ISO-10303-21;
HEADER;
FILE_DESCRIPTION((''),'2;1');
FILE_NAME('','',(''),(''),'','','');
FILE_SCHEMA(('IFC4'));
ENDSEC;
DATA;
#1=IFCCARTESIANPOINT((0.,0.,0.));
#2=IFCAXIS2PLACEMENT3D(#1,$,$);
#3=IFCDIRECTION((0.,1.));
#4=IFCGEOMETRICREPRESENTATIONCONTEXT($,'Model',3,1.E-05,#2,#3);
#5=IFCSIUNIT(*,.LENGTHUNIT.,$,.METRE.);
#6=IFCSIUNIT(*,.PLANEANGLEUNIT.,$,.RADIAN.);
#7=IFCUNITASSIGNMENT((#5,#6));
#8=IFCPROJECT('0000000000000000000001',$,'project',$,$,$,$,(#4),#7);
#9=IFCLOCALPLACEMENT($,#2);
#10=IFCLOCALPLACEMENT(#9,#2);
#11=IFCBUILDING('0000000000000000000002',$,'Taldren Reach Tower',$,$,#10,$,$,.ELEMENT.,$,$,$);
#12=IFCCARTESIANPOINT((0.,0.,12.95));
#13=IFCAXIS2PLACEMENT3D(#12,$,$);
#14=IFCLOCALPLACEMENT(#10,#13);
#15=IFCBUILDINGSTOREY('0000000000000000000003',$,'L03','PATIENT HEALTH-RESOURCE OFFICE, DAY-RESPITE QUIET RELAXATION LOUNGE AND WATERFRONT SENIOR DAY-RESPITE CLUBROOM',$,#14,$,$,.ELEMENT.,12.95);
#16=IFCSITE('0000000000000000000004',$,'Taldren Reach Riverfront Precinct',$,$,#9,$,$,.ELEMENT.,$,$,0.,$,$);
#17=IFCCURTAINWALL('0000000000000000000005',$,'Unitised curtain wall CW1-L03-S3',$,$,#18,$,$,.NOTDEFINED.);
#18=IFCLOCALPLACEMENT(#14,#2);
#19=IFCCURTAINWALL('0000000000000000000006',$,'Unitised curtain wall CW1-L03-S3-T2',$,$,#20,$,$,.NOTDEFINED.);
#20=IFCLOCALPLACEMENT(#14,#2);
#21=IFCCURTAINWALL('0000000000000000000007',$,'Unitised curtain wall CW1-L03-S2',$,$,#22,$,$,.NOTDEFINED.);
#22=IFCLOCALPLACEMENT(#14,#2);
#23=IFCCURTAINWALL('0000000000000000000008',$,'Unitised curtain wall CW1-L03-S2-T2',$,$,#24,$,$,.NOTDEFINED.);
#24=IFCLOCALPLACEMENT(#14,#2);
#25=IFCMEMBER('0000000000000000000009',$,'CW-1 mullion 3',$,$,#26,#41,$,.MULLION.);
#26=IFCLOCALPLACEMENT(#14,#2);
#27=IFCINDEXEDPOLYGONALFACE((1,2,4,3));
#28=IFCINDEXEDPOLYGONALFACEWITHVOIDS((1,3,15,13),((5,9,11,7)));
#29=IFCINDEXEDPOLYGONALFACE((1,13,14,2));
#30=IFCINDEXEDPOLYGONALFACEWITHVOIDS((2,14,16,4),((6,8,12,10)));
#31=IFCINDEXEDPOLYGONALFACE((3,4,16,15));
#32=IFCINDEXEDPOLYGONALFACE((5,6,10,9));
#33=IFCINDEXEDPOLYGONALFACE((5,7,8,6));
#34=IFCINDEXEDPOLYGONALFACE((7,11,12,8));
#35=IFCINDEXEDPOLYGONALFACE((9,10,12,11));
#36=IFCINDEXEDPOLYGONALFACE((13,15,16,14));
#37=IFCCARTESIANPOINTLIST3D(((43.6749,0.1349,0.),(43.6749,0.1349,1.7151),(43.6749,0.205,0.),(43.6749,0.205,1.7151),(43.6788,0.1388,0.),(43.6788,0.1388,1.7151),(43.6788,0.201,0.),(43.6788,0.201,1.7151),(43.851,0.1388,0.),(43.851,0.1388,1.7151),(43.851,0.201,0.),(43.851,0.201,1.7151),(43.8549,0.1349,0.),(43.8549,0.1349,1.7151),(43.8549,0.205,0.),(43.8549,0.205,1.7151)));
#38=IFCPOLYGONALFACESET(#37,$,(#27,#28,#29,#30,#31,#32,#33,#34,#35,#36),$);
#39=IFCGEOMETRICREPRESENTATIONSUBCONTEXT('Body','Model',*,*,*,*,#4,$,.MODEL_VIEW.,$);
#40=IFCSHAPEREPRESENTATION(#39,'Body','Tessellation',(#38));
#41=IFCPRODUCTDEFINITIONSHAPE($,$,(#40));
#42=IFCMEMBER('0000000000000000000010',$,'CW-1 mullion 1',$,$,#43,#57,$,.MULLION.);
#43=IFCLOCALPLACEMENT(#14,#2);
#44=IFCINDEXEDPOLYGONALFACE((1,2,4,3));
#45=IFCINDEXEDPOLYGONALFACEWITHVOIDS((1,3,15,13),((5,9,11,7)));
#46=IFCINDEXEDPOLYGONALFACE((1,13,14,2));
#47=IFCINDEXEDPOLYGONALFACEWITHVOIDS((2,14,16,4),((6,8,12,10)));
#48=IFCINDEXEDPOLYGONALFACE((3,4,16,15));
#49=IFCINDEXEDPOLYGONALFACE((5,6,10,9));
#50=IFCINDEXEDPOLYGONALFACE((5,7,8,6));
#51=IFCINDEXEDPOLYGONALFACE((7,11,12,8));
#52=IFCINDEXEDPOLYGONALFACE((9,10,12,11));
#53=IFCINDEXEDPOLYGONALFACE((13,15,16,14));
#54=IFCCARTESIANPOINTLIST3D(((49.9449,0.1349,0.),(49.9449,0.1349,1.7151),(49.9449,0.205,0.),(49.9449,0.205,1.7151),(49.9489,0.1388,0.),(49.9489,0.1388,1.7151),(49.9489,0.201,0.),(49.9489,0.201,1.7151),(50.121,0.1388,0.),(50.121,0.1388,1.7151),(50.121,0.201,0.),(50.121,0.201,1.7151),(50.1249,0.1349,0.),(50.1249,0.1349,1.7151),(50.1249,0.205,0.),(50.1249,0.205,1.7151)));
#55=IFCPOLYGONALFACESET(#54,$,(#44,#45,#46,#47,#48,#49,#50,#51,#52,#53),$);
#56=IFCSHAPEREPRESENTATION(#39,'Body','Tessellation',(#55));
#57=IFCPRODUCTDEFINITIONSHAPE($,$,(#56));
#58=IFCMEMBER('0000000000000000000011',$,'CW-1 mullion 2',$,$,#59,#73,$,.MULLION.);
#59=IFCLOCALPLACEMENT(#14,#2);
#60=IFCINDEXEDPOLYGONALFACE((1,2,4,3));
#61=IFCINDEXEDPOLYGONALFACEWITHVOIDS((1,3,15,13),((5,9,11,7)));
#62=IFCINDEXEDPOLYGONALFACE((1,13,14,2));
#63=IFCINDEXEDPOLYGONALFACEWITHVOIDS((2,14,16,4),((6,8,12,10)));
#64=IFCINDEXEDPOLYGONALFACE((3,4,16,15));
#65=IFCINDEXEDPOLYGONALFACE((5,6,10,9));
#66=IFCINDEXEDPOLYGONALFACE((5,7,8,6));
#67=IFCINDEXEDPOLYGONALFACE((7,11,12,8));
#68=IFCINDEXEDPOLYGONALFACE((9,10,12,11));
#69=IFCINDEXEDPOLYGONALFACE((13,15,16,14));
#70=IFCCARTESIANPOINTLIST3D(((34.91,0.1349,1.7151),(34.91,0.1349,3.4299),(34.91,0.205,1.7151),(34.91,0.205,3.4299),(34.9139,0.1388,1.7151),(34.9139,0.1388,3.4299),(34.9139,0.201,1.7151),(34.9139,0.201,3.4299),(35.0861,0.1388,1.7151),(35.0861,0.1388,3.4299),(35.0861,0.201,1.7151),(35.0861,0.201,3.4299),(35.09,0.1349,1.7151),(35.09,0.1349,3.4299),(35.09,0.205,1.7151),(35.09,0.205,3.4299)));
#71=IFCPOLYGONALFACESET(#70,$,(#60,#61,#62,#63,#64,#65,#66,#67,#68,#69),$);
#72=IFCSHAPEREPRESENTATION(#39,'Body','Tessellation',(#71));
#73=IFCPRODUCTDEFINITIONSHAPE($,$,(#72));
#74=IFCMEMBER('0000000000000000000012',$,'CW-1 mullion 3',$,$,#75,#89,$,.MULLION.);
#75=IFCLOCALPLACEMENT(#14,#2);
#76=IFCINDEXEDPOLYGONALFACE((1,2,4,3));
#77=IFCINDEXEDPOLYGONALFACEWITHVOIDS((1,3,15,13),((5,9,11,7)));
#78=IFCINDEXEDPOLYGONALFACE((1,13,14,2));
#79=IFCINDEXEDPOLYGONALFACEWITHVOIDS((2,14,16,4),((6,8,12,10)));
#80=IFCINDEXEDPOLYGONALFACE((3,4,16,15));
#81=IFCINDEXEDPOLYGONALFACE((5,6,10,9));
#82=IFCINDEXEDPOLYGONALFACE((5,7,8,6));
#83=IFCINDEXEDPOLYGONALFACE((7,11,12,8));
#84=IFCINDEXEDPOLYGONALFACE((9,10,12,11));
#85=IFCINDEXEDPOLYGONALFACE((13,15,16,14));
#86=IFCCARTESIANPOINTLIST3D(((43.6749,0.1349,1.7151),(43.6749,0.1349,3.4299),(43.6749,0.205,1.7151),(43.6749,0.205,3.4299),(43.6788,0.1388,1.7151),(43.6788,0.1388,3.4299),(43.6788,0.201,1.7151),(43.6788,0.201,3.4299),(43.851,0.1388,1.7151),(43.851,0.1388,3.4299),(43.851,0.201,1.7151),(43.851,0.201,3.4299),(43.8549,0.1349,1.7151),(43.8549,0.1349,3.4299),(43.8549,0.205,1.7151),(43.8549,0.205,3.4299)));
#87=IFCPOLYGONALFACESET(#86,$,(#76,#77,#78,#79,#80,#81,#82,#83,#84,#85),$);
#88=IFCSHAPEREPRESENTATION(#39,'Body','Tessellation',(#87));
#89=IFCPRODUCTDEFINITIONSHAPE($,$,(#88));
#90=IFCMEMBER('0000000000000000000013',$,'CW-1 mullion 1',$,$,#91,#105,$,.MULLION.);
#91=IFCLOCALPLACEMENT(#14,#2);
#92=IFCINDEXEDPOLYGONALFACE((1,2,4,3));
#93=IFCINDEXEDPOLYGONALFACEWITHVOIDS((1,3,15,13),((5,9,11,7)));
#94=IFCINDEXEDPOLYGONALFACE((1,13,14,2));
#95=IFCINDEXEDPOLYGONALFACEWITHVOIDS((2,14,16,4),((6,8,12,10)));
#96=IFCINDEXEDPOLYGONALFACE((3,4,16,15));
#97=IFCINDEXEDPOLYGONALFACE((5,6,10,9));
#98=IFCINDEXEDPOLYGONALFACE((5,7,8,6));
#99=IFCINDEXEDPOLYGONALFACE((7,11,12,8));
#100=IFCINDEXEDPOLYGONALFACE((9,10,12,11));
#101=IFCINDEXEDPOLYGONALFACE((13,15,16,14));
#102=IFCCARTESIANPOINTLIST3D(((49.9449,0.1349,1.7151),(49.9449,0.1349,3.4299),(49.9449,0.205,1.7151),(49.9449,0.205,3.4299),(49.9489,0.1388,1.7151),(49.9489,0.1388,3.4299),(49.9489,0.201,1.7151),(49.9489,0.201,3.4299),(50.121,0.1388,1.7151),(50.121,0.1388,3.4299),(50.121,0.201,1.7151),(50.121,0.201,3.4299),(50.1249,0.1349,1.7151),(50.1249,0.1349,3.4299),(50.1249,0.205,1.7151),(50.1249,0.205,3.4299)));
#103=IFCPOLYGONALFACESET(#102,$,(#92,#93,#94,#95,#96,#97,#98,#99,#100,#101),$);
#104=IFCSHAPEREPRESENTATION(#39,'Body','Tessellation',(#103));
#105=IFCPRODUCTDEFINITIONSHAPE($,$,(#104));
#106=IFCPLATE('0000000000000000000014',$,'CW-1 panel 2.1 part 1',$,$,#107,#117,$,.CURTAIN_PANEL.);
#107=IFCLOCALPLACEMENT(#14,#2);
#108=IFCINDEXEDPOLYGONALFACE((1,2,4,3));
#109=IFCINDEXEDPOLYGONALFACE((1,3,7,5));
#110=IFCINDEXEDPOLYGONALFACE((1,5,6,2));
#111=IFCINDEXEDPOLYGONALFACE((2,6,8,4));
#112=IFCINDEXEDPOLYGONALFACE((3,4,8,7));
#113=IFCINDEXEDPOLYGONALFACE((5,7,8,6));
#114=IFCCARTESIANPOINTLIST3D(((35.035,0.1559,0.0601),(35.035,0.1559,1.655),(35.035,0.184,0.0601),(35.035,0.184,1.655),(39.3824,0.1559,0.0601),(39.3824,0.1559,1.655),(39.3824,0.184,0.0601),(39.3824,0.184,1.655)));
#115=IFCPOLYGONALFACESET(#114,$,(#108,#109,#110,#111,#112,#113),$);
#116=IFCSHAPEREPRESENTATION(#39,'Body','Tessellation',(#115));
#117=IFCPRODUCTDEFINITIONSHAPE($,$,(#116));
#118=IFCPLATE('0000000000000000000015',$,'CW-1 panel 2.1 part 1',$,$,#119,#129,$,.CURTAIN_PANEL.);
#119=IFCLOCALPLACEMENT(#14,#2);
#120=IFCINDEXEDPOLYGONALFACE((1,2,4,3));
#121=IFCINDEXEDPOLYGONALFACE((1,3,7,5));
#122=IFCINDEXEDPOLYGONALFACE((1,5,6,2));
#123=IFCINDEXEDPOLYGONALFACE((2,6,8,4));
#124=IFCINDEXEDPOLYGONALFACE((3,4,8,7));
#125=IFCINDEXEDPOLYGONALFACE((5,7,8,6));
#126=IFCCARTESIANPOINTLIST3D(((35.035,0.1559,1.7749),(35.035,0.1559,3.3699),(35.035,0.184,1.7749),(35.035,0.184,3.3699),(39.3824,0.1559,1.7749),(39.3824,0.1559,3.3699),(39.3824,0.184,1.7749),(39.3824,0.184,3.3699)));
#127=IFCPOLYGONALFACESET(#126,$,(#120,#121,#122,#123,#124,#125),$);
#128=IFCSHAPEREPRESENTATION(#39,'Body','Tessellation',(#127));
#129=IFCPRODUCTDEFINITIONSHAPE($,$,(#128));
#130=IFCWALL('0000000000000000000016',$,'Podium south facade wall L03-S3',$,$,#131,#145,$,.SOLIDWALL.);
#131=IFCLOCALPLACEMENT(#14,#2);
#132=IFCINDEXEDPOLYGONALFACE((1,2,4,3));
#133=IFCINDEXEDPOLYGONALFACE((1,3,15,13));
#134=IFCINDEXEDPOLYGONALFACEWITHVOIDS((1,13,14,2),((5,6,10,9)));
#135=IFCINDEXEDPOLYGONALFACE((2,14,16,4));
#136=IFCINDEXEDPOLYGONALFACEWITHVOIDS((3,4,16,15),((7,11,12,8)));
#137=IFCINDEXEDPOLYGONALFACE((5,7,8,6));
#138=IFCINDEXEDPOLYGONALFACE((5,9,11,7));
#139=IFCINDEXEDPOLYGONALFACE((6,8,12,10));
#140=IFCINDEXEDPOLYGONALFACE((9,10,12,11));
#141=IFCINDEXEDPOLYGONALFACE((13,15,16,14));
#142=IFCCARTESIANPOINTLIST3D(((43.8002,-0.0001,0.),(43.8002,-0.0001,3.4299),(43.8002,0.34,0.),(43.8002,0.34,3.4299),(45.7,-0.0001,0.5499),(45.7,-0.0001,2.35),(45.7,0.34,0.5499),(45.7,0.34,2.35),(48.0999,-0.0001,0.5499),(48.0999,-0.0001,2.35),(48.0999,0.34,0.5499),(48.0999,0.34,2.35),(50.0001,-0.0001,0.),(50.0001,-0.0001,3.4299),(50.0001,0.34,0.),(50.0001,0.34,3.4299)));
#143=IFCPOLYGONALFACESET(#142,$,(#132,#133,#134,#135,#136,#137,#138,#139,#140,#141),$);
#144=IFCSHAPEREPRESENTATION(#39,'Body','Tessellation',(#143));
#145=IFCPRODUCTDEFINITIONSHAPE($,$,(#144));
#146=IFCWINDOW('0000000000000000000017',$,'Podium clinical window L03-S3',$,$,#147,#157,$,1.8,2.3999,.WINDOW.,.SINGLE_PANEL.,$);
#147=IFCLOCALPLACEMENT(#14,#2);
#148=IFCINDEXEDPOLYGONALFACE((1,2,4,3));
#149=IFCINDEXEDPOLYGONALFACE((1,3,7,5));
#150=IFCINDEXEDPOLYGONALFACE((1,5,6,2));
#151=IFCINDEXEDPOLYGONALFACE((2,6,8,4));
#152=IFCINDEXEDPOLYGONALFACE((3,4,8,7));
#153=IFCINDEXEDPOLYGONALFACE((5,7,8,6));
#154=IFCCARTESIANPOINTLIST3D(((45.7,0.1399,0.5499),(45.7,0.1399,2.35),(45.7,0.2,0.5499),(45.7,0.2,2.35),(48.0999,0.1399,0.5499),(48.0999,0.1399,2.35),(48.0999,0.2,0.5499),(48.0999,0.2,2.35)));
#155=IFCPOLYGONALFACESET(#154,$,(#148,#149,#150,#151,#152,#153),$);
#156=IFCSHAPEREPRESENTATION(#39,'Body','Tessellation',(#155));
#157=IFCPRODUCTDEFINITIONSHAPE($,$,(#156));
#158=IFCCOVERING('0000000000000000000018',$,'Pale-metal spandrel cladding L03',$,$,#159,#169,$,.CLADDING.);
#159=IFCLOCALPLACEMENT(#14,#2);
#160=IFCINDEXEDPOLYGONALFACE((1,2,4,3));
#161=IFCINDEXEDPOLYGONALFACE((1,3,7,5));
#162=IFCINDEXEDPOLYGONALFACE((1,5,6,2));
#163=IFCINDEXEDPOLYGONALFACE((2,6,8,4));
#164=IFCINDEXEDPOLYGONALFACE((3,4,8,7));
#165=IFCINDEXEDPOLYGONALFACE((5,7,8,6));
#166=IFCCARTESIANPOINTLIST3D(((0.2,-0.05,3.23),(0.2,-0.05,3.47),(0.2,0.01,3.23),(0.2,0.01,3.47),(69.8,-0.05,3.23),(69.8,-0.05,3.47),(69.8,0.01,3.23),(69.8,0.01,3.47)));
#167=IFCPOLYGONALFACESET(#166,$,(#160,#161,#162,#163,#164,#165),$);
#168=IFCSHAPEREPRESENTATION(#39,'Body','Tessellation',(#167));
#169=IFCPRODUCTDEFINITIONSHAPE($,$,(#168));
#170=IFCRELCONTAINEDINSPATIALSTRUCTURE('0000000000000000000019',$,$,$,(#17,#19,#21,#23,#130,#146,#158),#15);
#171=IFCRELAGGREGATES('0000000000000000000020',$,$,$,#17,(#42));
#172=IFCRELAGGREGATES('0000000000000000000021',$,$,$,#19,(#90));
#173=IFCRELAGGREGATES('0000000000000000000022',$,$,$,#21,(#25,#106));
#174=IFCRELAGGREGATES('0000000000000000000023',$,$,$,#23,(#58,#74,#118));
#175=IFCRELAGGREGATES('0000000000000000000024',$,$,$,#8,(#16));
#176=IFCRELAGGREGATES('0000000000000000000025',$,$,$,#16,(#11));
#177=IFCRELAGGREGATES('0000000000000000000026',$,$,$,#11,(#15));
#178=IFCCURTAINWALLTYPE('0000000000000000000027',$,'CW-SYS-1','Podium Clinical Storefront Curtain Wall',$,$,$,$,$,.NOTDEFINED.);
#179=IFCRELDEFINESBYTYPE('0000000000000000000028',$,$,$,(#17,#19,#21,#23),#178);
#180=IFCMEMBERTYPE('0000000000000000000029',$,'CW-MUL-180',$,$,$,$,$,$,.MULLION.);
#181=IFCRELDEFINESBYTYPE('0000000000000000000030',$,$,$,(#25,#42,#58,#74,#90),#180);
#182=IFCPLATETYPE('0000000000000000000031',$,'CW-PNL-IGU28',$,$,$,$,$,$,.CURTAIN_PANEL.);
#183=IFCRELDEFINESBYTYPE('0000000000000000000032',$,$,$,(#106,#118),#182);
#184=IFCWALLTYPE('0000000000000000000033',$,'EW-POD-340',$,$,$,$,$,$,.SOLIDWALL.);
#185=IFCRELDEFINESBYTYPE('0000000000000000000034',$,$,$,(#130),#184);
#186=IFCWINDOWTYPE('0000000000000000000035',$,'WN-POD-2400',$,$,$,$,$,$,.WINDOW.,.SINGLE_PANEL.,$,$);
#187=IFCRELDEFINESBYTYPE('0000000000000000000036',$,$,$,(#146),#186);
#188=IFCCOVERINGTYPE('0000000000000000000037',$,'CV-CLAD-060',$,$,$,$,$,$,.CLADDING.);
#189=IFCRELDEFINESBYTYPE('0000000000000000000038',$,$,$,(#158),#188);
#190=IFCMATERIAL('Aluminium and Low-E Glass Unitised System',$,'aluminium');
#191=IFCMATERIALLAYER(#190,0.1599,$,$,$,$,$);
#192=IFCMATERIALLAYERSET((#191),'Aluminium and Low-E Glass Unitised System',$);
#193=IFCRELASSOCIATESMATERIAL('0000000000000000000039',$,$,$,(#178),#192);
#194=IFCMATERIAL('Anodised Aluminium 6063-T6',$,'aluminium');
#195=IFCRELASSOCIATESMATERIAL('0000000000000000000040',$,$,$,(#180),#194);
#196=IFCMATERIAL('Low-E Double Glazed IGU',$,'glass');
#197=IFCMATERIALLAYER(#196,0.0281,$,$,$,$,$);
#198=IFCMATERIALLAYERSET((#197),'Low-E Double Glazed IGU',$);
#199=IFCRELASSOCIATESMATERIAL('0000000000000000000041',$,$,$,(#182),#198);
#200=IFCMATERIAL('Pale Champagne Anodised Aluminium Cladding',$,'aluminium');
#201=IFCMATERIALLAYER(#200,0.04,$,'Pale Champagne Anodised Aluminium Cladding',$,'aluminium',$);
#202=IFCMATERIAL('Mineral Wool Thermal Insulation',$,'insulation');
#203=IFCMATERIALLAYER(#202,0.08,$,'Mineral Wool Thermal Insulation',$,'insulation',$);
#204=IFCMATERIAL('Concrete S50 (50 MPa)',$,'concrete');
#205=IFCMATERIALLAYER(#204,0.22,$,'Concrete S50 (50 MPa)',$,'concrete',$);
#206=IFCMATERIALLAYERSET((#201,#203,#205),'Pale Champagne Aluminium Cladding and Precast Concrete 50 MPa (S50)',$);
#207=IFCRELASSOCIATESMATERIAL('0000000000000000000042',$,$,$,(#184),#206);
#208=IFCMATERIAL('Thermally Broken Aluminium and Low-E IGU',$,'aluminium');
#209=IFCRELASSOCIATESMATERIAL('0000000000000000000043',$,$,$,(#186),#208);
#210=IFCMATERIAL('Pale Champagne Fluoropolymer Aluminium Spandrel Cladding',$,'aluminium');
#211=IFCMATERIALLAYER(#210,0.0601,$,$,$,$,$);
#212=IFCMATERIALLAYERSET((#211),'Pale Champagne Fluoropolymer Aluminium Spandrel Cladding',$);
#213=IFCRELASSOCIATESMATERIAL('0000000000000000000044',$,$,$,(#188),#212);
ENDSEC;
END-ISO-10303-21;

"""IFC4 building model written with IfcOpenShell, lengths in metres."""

from ifc_helpers import new_model, si_unit, direction, frame, frame_2d, origin, origin_2d, place, context, subcontext, project, spatial, rectangle, hollow_rectangle, extrude, source, transform, mapped, material, layer, layer_set, material_profile, profile_set, type_object, element, fill, aggregate, save


model = new_model("IFC4")

# Units and contexts
model_context = context("Model", 3, precision=1e-05, world=origin(), true_north=direction((0.0, 1.0)))
body_context = subcontext(model_context, "Body", "Model", "MODEL_VIEW")
ifc_project = project(units=[si_unit("LENGTHUNIT", "METRE"), si_unit("PLANEANGLEUNIT", "RADIAN")], contexts=[model_context])

# Site, building, storey
site_placement = place(None, origin())
site = spatial("IfcSite", under=ifc_project, at=site_placement, Name="Taldren Reach Riverfront Precinct", CompositionType="ELEMENT", RefElevation=0.0)
building_placement = place(site_placement, origin())
building = spatial("IfcBuilding", under=site, at=building_placement, Name="Taldren Reach Tower", CompositionType="ELEMENT")
storey_placement = place(building_placement, frame((0.0, 0.0, 12.95)))
storey = spatial("IfcBuildingStorey", under=building, at=storey_placement, Name="L03", Description="PATIENT HEALTH-RESOURCE OFFICE, DAY-RESPITE QUIET RELAXATION LOUNGE AND WATERFRONT SENIOR DAY-RESPITE CLUBROOM", CompositionType="ELEMENT", Elevation=12.95)

# Curtain walls
ifc_material_1 = material(Name="Aluminium and Low-E Glass Unitised System", Category="aluminium")
ifc_layer_1 = layer(ifc_material_1, 0.1599)
ifc_layer_set_1 = layer_set([ifc_layer_1], Name="Aluminium and Low-E Glass Unitised System")
curtain_wall_type = type_object("IfcCurtainWallType", Name="CW-SYS-1", Description="Podium Clinical Storefront Curtain Wall", PredefinedType="NOTDEFINED", material=ifc_layer_set_1)
curtain_wall_1_placement = place(storey_placement, origin())
curtain_wall_1 = element("IfcCurtainWall", 1, at=curtain_wall_1_placement, inside=storey, type_object=curtain_wall_type, Name="Unitised curtain wall CW1-L03-S3", PredefinedType="NOTDEFINED")
ifc_material_2 = material(Name="Anodised Aluminium 6063-T6", Category="aluminium")
curtain_wall_2_placement = place(storey_placement, origin())
curtain_wall_2 = element("IfcCurtainWall", 2, at=curtain_wall_2_placement, inside=storey, type_object=curtain_wall_type, Name="Unitised curtain wall CW1-L03-S3-T2", PredefinedType="NOTDEFINED")
curtain_wall_3_placement = place(storey_placement, origin())
curtain_wall_3 = element("IfcCurtainWall", 3, at=curtain_wall_3_placement, inside=storey, type_object=curtain_wall_type, Name="Unitised curtain wall CW1-L03-S2", PredefinedType="NOTDEFINED")
curtain_wall_4_placement = place(storey_placement, origin())
curtain_wall_4 = element("IfcCurtainWall", 4, at=curtain_wall_4_placement, inside=storey, type_object=curtain_wall_type, Name="Unitised curtain wall CW1-L03-S2-T2", PredefinedType="NOTDEFINED")

# Members
ifc_material_profile_1 = material_profile(ifc_material_2, hollow_rectangle(XDim=0.0701, YDim=0.1799, WallThickness=0.0039, at=origin_2d()), Name="ALU-180x70x4RHS")
ifc_profile_set_1 = profile_set([ifc_material_profile_1], Name="Anodised Aluminium 6063-T6")
member_type_1 = type_object("IfcMemberType", Name="CW-MUL-180", PredefinedType="MULLION", material=ifc_profile_set_1)
shared_shape_1 = source(origin(), body_context, "Body", "SweptSolid", [
    extrude(hollow_rectangle(XDim=0.0701, YDim=0.1799, WallThickness=0.0039, at=origin_2d()), origin(), (0.0, 0.0, 1.0), 1.7151),
])
member_1_placement = place(storey_placement, frame((43.7649, 0.1699, 0.0), z_axis=(0.0, 0.0, 1.0), x_axis=(0.0, 1.0, 0.0)))
member_1 = element("IfcMember", 5, at=member_1_placement, type_object=member_type_1, Name="CW-1 mullion 3", PredefinedType="MULLION", context=body_context, shape_type="MappedRepresentation", body=[
    mapped(shared_shape_1, transform((0.0, 0.0, 0.0), scale=1.0)),
])
member_2_placement = place(storey_placement, frame((50.0349, 0.1699, 0.0), z_axis=(0.0, 0.0, 1.0), x_axis=(0.0, 1.0, 0.0)))
member_2 = element("IfcMember", 6, at=member_2_placement, type_object=member_type_1, Name="CW-1 mullion 1", PredefinedType="MULLION", context=body_context, shape_type="MappedRepresentation", body=[
    mapped(shared_shape_1, transform((0.0, 0.0, 0.0), scale=1.0)),
])
aggregate(curtain_wall_1, [member_2])
shared_shape_2 = source(origin(), body_context, "Body", "SweptSolid", [
    extrude(hollow_rectangle(XDim=0.0701, YDim=0.1799, WallThickness=0.0039, at=origin_2d()), origin(), (0.0, 0.0, 1.0), 1.7148),
])
member_3_placement = place(storey_placement, frame((35.0, 0.1699, 1.7151), z_axis=(0.0, 0.0, 1.0), x_axis=(0.0, 1.0, 0.0)))
member_3 = element("IfcMember", 7, at=member_3_placement, type_object=member_type_1, Name="CW-1 mullion 2", PredefinedType="MULLION", context=body_context, shape_type="MappedRepresentation", body=[
    mapped(shared_shape_2, transform((0.0, 0.0, 0.0), scale=1.0)),
])
member_4_placement = place(storey_placement, frame((43.7649, 0.1699, 1.7151), z_axis=(0.0, 0.0, 1.0), x_axis=(0.0, 1.0, 0.0)))
member_4 = element("IfcMember", 8, at=member_4_placement, type_object=member_type_1, Name="CW-1 mullion 3", PredefinedType="MULLION", context=body_context, shape_type="MappedRepresentation", body=[
    mapped(shared_shape_2, transform((0.0, 0.0, 0.0), scale=1.0)),
])
member_5_placement = place(storey_placement, frame((50.0349, 0.1699, 1.7151), z_axis=(0.0, 0.0, 1.0), x_axis=(0.0, 1.0, 0.0)))
member_5 = element("IfcMember", 9, at=member_5_placement, type_object=member_type_1, Name="CW-1 mullion 1", PredefinedType="MULLION", context=body_context, shape_type="MappedRepresentation", body=[
    mapped(shared_shape_2, transform((0.0, 0.0, 0.0), scale=1.0)),
])
aggregate(curtain_wall_2, [member_5])

# Plates
ifc_material_3 = material(Name="Low-E Double Glazed IGU", Category="glass")
ifc_layer_2 = layer(ifc_material_3, 0.0281)
ifc_layer_set_2 = layer_set([ifc_layer_2], Name="Low-E Double Glazed IGU")
plate_type = type_object("IfcPlateType", Name="CW-PNL-IGU28", PredefinedType="CURTAIN_PANEL", material=ifc_layer_set_2)
shared_shape_3 = source(origin(), body_context, "Body", "SweptSolid", [
    extrude(rectangle(XDim=4.3474, YDim=0.0281, at=origin_2d()), origin(), (0.0, 0.0, 1.0), 1.595),
])
plate_1_placement = place(storey_placement, frame((37.2087, 0.1699, 0.0601), z_axis=(0.0, 0.0, 1.0), x_axis=(1.0, 0.0, 0.0)))
plate_1 = element("IfcPlate", 10, at=plate_1_placement, type_object=plate_type, Name="CW-1 panel 2.1 part 1", PredefinedType="CURTAIN_PANEL", context=body_context, shape_type="MappedRepresentation", body=[
    mapped(shared_shape_3, transform((0.0, 0.0, 0.0), scale=1.0)),
])
aggregate(curtain_wall_3, [member_1, plate_1])
plate_2_placement = place(storey_placement, frame((37.2087, 0.1699, 1.7749), z_axis=(0.0, 0.0, 1.0), x_axis=(1.0, 0.0, 0.0)))
plate_2 = element("IfcPlate", 11, at=plate_2_placement, type_object=plate_type, Name="CW-1 panel 2.1 part 1", PredefinedType="CURTAIN_PANEL", context=body_context, shape_type="MappedRepresentation", body=[
    mapped(shared_shape_3, transform((0.0, 0.0, 0.0), scale=1.0)),
])
aggregate(curtain_wall_4, [member_3, member_4, plate_2])

# Wall, opening, window
ifc_material_4 = material(Name="Pale Champagne Anodised Aluminium Cladding", Category="aluminium")
ifc_layer_3 = layer(ifc_material_4, 0.04, Name="Pale Champagne Anodised Aluminium Cladding", Category="aluminium")
ifc_material_5 = material(Name="Mineral Wool Thermal Insulation", Category="insulation")
ifc_layer_4 = layer(ifc_material_5, 0.08, Name="Mineral Wool Thermal Insulation", Category="insulation")
ifc_material_6 = material(Name="Concrete S50 (50 MPa)", Category="concrete")
ifc_layer_5 = layer(ifc_material_6, 0.22, Name="Concrete S50 (50 MPa)", Category="concrete")
ifc_layer_set_3 = layer_set([ifc_layer_3, ifc_layer_4, ifc_layer_5], Name="Pale Champagne Aluminium Cladding and Precast Concrete 50 MPa (S50)")
wall_type = type_object("IfcWallType", Name="EW-POD-340", PredefinedType="SOLIDWALL", material=ifc_layer_set_3)
shared_shape_4 = source(origin(), body_context, "Body", "SweptSolid", [
    extrude(rectangle(XDim=6.2, YDim=0.3401, at=frame_2d((3.1001, 0.0))), origin(), (0.0, 0.0, 1.0), 3.4299),
])
wall_placement = place(storey_placement, frame((43.8, 0.1699, 0.0), z_axis=(0.0, 0.0, 1.0), x_axis=(1.0, 0.0, 0.0)))
wall = element("IfcWall", 12, at=wall_placement, inside=storey, type_object=wall_type, Name="Podium south facade wall L03-S3", PredefinedType="SOLIDWALL", context=body_context, shape_type="MappedRepresentation", body=[
    mapped(shared_shape_4, transform((0.0, 0.0, 0.0), scale=1.0)),
])
shared_shape_5 = source(origin(), body_context, "Body", "SweptSolid", [
    extrude(rectangle(XDim=2.3999, YDim=1.8, at=frame_2d((1.2, 0.8999))), frame((0.0, 0.1802, 0.0), z_axis=(0.0, -1.0, 0.0), x_axis=(1.0, 0.0, 0.0)), (0.0, 0.0, 1.0), 0.3601),
])
opening_placement = place(wall_placement, frame((1.8999, 0.0, 0.55)))
opening = element("IfcOpeningElement", 13, at=opening_placement, cuts=wall, PredefinedType="OPENING", context=body_context, shape_type="MappedRepresentation", body=[
    mapped(shared_shape_5, transform((0.0, 0.0, 0.0), scale=1.0)),
])
ifc_material_7 = material(Name="Thermally Broken Aluminium and Low-E IGU", Category="aluminium")
window_type = type_object("IfcWindowType", Name="WN-POD-2400", PartitioningType="SINGLE_PANEL", PredefinedType="WINDOW", material=ifc_material_7)
shared_shape_6 = source(origin(), body_context, "Body", "SweptSolid", [
    extrude(rectangle(XDim=2.3999, YDim=1.8, at=frame_2d((1.2, 0.8999))), frame((0.0, 0.03, 0.0), z_axis=(0.0, -1.0, 0.0), x_axis=(1.0, 0.0, 0.0)), (0.0, 0.0, 1.0), 0.0601),
])
window_placement = place(opening_placement, origin())
window = element("IfcWindow", 14, at=window_placement, inside=storey, type_object=window_type, Name="Podium clinical window L03-S3", OverallHeight=1.8, OverallWidth=2.3999, PartitioningType="SINGLE_PANEL", PredefinedType="WINDOW", context=body_context, shape_type="MappedRepresentation", body=[
    mapped(shared_shape_6, transform((0.0, 0.0, 0.0), scale=1.0)),
])
fill(opening, window)

# Covering
ifc_material_8 = material(Name="Pale Champagne Fluoropolymer Aluminium Spandrel Cladding", Category="aluminium")
ifc_layer_6 = layer(ifc_material_8, 0.0601)
ifc_layer_set_4 = layer_set([ifc_layer_6], Name="Pale Champagne Fluoropolymer Aluminium Spandrel Cladding")
covering_type_1 = type_object("IfcCoveringType", Name="CV-CLAD-060", PredefinedType="CLADDING", material=ifc_layer_set_4)
shared_shape_7 = source(origin(), body_context, "Body", "SweptSolid", [
    extrude(rectangle(XDim=69.6001, YDim=0.0601, at=origin_2d()), origin(), (0.0, 0.0, 1.0), 0.24),
])
covering_1_placement = place(storey_placement, frame((35.0, -0.02, 3.23), z_axis=(0.0, 0.0, 1.0), x_axis=(1.0, 0.0, 0.0)))
element("IfcCovering", 15, at=covering_1_placement, inside=storey, type_object=covering_type_1, Name="Pale-metal spandrel cladding L03", PredefinedType="CLADDING", context=body_context, shape_type="MappedRepresentation", body=[
    mapped(shared_shape_7, transform((0.0, 0.0, 0.0), scale=1.0)),
])

save(model, "model.ifc")
